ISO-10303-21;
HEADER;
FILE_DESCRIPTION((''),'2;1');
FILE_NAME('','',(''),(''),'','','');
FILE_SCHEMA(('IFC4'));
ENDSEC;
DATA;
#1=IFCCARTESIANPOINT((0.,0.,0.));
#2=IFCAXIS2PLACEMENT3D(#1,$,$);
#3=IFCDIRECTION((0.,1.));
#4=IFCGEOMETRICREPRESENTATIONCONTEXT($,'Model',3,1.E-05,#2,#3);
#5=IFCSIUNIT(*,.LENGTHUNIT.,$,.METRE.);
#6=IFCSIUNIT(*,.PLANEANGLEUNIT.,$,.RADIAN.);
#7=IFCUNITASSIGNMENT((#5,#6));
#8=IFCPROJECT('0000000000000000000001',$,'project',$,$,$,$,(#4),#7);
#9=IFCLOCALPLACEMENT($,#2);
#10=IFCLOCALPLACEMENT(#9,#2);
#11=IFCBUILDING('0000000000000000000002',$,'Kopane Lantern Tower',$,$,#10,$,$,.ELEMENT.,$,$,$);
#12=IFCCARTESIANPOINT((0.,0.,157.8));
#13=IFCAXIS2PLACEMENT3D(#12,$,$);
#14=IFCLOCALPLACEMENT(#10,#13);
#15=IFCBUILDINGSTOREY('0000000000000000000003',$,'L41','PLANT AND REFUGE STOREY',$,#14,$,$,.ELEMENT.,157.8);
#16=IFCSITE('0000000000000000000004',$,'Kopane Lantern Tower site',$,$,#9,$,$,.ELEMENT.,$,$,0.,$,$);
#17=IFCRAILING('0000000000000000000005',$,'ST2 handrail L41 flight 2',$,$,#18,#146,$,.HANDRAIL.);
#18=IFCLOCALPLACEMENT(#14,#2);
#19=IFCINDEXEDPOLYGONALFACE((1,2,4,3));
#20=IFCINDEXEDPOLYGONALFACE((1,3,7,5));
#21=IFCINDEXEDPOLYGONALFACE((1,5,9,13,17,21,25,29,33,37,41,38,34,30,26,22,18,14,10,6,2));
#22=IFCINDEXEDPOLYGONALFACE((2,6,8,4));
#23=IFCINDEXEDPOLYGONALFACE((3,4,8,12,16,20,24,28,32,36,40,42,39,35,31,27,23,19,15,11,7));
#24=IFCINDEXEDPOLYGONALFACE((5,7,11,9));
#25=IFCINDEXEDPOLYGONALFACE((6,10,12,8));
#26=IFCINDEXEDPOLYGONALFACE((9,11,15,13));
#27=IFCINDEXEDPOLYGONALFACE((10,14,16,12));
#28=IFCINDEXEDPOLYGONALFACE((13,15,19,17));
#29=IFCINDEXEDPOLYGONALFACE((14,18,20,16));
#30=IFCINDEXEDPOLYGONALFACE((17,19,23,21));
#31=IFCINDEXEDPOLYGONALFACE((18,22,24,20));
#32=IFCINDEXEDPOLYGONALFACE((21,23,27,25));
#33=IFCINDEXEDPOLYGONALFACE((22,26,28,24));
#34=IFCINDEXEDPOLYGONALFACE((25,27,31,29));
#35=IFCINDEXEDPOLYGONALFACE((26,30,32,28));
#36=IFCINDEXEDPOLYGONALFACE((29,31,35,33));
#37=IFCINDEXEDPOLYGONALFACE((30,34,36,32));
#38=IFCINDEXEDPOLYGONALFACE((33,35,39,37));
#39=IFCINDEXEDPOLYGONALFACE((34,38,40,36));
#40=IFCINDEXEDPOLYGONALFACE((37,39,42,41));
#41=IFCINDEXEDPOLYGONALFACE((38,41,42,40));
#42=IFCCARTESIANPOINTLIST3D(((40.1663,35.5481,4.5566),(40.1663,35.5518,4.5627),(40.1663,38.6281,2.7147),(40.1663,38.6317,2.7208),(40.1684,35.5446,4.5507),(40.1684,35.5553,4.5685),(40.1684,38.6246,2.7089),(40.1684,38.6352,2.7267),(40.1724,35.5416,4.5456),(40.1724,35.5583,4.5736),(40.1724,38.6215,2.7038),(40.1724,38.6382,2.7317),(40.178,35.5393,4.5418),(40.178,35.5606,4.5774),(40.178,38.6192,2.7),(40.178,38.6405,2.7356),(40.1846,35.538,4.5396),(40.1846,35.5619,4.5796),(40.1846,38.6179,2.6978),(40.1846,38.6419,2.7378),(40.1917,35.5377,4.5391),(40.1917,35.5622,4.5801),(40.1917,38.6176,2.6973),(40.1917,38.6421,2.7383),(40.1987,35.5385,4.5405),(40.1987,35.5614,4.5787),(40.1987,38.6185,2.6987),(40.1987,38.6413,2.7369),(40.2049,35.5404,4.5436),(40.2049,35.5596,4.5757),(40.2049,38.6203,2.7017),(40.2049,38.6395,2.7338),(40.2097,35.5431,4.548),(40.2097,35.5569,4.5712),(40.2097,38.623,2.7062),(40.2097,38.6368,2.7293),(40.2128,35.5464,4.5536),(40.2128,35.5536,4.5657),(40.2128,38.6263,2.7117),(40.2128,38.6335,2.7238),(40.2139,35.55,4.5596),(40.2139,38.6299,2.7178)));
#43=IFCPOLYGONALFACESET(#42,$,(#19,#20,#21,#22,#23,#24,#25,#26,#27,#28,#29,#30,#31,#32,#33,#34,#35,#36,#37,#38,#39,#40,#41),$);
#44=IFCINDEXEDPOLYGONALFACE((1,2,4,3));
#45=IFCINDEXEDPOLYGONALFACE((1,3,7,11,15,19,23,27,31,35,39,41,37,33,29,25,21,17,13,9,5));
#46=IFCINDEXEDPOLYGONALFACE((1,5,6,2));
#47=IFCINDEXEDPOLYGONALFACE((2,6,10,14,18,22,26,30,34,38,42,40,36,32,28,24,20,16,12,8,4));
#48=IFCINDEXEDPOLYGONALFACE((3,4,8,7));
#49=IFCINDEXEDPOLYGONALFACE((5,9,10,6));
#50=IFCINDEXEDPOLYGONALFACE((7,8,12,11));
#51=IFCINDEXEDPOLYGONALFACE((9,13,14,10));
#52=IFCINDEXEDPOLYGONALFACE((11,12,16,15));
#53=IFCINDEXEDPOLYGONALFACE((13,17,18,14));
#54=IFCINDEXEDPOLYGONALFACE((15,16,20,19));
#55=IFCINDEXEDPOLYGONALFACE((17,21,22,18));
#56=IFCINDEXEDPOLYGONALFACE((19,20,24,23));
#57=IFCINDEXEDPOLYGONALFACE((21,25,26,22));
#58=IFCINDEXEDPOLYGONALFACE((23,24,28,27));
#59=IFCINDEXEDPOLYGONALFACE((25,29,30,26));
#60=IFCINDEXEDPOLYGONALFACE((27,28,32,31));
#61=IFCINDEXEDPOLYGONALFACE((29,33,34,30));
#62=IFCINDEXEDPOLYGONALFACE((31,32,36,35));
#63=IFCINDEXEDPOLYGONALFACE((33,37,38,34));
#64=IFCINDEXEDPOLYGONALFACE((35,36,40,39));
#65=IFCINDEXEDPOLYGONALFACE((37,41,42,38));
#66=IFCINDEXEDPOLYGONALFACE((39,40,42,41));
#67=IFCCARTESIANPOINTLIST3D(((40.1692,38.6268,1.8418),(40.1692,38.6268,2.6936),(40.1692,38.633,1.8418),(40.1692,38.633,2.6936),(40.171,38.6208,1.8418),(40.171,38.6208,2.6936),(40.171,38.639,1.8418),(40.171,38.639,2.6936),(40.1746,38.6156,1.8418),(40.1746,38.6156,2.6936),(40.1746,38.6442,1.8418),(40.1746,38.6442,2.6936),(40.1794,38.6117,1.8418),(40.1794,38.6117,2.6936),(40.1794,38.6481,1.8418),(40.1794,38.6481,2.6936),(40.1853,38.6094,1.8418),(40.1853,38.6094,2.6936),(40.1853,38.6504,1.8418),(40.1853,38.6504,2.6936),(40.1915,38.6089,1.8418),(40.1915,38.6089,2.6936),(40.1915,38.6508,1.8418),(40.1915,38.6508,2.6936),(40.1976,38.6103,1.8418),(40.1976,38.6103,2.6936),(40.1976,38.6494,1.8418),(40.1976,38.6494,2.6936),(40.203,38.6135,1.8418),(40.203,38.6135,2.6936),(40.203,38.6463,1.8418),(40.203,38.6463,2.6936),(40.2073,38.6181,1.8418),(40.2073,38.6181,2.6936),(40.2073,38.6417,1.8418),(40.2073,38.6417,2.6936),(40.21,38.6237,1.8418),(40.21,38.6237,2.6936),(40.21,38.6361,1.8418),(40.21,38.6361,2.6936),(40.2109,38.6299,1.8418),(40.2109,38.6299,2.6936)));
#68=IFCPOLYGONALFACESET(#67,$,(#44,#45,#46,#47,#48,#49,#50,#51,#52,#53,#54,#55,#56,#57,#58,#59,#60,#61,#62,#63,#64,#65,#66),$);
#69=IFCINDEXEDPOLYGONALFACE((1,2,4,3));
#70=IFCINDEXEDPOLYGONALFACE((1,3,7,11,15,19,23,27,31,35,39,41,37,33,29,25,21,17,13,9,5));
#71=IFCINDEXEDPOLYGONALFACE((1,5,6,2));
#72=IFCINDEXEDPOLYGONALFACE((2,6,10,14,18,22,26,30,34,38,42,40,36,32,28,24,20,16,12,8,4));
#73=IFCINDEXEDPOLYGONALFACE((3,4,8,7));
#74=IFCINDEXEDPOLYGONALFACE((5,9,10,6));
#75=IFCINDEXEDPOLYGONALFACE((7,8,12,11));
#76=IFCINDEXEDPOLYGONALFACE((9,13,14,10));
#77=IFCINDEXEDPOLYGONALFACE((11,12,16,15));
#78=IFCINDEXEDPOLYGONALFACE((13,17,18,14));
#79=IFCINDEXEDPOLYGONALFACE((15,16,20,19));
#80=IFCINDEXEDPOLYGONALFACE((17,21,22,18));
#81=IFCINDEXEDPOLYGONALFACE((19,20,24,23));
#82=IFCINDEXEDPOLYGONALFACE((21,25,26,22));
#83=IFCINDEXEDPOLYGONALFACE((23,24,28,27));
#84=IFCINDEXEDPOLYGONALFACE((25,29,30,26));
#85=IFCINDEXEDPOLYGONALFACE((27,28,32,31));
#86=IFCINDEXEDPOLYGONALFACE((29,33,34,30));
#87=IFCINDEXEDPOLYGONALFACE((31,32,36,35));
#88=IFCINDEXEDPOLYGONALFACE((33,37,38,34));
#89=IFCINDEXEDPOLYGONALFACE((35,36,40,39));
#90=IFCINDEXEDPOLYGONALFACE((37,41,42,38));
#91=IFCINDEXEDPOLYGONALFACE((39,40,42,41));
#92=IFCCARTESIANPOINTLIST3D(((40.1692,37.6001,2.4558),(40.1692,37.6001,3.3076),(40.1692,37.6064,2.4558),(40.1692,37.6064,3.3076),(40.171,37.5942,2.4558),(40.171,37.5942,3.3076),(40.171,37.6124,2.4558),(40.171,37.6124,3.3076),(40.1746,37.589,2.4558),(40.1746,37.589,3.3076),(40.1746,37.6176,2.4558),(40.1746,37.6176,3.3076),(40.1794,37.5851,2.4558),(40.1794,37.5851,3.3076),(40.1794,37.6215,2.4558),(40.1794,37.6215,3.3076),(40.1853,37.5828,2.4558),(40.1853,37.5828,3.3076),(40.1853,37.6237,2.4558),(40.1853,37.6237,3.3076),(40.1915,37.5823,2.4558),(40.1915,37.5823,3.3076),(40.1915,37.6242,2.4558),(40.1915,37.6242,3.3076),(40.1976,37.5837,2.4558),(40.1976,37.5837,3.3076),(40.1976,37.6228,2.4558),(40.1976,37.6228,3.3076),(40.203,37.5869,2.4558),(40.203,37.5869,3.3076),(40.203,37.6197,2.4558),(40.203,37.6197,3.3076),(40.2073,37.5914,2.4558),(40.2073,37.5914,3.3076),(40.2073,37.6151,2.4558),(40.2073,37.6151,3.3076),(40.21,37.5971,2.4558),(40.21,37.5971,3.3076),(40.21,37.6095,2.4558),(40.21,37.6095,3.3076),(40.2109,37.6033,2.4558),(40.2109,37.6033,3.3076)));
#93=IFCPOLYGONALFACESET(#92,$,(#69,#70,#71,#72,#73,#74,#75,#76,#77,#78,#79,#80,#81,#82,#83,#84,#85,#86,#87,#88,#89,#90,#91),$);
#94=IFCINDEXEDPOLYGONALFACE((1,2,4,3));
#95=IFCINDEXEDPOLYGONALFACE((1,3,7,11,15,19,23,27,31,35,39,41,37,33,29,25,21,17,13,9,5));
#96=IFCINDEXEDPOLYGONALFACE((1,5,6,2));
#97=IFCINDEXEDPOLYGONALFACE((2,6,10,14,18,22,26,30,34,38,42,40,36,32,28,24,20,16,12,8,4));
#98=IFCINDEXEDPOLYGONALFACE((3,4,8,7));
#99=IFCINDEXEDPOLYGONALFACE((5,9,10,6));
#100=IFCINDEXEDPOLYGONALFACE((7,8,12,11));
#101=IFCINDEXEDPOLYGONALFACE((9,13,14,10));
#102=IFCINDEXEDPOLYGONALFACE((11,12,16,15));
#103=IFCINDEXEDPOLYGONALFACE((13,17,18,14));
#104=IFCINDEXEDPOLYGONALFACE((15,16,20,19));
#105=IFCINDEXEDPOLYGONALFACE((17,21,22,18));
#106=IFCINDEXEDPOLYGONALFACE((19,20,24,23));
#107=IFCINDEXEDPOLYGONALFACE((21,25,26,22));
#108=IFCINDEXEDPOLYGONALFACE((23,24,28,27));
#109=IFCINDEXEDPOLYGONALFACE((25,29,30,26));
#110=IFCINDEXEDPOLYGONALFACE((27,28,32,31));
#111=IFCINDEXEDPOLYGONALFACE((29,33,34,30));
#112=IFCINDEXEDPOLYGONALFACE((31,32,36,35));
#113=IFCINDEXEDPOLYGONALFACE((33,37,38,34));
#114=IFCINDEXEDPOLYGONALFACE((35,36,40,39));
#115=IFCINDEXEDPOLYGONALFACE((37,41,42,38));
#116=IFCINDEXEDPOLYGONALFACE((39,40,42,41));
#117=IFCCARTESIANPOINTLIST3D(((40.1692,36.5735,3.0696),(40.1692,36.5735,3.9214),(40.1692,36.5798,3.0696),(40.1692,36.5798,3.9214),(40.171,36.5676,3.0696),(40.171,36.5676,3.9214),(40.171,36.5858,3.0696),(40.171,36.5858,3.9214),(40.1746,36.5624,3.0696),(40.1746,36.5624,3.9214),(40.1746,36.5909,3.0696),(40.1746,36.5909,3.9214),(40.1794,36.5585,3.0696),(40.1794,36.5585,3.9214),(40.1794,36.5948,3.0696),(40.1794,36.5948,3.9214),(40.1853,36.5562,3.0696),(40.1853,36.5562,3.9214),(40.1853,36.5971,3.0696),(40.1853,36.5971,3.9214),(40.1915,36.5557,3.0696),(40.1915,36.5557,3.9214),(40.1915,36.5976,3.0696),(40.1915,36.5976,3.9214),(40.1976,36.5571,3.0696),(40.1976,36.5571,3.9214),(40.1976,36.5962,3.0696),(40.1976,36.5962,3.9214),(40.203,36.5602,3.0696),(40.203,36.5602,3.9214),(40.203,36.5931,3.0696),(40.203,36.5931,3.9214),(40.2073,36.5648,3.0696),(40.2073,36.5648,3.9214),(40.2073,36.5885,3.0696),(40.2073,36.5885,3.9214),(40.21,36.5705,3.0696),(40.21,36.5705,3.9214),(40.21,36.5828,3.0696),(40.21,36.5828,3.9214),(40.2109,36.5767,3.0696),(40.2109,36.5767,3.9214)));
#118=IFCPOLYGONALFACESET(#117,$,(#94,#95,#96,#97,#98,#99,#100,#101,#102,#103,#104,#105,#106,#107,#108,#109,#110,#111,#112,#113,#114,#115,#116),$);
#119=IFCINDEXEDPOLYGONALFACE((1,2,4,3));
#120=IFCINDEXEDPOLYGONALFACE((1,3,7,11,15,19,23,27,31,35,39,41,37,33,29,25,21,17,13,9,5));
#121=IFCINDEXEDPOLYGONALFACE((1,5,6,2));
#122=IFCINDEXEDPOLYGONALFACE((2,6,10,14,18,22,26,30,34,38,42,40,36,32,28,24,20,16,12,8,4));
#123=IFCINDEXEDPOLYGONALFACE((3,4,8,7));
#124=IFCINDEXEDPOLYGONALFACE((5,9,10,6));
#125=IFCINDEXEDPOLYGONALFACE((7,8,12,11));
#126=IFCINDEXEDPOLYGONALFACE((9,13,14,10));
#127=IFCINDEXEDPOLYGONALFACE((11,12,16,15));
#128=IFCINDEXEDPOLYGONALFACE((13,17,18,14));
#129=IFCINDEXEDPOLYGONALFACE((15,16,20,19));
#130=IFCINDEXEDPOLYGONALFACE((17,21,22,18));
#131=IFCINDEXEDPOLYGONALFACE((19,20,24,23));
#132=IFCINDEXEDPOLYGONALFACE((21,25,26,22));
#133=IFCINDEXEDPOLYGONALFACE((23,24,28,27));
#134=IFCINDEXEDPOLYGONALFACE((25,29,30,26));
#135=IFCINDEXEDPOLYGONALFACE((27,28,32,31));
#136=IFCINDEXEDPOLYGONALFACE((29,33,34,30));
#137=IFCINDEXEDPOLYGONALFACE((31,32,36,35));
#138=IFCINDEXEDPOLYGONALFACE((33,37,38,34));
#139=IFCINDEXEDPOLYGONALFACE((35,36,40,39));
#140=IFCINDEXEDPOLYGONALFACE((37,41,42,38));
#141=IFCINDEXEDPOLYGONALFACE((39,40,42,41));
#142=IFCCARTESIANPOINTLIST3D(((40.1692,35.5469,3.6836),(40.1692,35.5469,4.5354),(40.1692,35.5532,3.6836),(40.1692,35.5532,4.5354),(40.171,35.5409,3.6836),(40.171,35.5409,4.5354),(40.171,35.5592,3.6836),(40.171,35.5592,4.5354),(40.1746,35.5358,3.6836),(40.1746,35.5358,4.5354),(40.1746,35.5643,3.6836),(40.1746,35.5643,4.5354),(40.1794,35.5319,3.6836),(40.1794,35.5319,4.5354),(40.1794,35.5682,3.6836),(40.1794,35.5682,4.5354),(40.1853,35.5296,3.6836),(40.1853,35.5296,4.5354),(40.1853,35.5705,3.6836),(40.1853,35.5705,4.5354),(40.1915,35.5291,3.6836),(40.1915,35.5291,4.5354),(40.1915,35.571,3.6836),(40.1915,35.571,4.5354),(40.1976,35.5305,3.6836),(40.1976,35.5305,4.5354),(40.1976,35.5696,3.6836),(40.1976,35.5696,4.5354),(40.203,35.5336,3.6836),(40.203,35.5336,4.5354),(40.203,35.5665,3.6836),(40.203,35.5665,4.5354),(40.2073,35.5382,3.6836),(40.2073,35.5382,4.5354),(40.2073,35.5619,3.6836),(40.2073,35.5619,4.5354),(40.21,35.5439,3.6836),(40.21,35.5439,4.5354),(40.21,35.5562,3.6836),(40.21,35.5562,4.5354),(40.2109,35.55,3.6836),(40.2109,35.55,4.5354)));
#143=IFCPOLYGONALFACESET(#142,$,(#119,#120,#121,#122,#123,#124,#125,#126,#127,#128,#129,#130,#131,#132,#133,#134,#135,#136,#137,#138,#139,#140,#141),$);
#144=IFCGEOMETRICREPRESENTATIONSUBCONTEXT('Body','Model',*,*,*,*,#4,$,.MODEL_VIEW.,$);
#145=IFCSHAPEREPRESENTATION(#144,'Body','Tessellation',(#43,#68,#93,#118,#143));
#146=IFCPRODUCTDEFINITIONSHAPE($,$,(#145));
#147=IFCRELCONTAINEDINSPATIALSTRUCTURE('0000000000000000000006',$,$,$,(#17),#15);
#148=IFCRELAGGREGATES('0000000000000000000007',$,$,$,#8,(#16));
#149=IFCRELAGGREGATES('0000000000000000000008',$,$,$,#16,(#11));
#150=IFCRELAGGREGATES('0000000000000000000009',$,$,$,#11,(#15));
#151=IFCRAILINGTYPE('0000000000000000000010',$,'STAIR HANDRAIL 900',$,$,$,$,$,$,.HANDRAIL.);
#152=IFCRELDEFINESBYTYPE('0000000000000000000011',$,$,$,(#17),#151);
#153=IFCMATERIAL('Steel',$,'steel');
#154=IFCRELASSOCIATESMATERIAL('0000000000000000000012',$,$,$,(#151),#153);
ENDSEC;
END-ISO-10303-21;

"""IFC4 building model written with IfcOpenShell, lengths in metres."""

from ifc_helpers import new_model, si_unit, direction, frame, origin, origin_2d, place, context, subcontext, project, spatial, circle, extrude, material, type_object, element, save


model = new_model("IFC4")

# Units and contexts
model_context = context("Model", 3, precision=1e-05, world=origin(), true_north=direction((0.0, 1.0)))
body_context = subcontext(model_context, "Body", "Model", "MODEL_VIEW")
ifc_project = project(units=[si_unit("LENGTHUNIT", "METRE"), si_unit("PLANEANGLEUNIT", "RADIAN")], contexts=[model_context])

# Site, building, storey
site_placement = place(None, origin())
site = spatial("IfcSite", under=ifc_project, at=site_placement, Name="Kopane Lantern Tower site", CompositionType="ELEMENT", RefElevation=0.0)
building_placement = place(site_placement, origin())
building = spatial("IfcBuilding", under=site, at=building_placement, Name="Kopane Lantern Tower", CompositionType="ELEMENT")
storey_placement = place(building_placement, frame((0.0, 0.0, 157.8)))
storey = spatial("IfcBuildingStorey", under=building, at=storey_placement, Name="L41", Description="PLANT AND REFUGE STOREY", CompositionType="ELEMENT", Elevation=157.8)

# Railing
ifc_material_1 = material(Name="Steel", Category="steel")
railing_type_1 = type_object("IfcRailingType", Name="STAIR HANDRAIL 900", PredefinedType="HANDRAIL", material=ifc_material_1)
for number, where, name in (
    (1, (40.1899, 38.6299, 1.8418), "ST2 handrail L41 flight 2"),
):
    element("IfcRailing", number, at=place(storey_placement, frame(where)), inside=storey, type_object=railing_type_1, Name=name, PredefinedType="HANDRAIL", context=body_context, shape_type="SweptSolid", body=[
        extrude(circle(Radius=0.0239, at=origin_2d()), frame((0.0, 0.0, 0.876), z_axis=(0.0, -0.858242, 0.513245), x_axis=(1.0, 0.0, 0.0)), (0.0, 0.0, 1.0), 3.5886),
        extrude(circle(Radius=0.021, at=origin_2d()), origin(), (0.0, 0.0, 1.0), 0.8518),
        extrude(circle(Radius=0.021, at=origin_2d()), frame((0.0, -1.0266, 0.614)), (0.0, 0.0, 1.0), 0.8518),
        extrude(circle(Radius=0.021, at=origin_2d()), frame((0.0, -2.0532, 1.2278)), (0.0, 0.0, 1.0), 0.8518),
        extrude(circle(Radius=0.021, at=origin_2d()), frame((0.0, -3.0798, 1.8418)), (0.0, 0.0, 1.0), 0.8518),
    ])

save(model, "model.ifc")
